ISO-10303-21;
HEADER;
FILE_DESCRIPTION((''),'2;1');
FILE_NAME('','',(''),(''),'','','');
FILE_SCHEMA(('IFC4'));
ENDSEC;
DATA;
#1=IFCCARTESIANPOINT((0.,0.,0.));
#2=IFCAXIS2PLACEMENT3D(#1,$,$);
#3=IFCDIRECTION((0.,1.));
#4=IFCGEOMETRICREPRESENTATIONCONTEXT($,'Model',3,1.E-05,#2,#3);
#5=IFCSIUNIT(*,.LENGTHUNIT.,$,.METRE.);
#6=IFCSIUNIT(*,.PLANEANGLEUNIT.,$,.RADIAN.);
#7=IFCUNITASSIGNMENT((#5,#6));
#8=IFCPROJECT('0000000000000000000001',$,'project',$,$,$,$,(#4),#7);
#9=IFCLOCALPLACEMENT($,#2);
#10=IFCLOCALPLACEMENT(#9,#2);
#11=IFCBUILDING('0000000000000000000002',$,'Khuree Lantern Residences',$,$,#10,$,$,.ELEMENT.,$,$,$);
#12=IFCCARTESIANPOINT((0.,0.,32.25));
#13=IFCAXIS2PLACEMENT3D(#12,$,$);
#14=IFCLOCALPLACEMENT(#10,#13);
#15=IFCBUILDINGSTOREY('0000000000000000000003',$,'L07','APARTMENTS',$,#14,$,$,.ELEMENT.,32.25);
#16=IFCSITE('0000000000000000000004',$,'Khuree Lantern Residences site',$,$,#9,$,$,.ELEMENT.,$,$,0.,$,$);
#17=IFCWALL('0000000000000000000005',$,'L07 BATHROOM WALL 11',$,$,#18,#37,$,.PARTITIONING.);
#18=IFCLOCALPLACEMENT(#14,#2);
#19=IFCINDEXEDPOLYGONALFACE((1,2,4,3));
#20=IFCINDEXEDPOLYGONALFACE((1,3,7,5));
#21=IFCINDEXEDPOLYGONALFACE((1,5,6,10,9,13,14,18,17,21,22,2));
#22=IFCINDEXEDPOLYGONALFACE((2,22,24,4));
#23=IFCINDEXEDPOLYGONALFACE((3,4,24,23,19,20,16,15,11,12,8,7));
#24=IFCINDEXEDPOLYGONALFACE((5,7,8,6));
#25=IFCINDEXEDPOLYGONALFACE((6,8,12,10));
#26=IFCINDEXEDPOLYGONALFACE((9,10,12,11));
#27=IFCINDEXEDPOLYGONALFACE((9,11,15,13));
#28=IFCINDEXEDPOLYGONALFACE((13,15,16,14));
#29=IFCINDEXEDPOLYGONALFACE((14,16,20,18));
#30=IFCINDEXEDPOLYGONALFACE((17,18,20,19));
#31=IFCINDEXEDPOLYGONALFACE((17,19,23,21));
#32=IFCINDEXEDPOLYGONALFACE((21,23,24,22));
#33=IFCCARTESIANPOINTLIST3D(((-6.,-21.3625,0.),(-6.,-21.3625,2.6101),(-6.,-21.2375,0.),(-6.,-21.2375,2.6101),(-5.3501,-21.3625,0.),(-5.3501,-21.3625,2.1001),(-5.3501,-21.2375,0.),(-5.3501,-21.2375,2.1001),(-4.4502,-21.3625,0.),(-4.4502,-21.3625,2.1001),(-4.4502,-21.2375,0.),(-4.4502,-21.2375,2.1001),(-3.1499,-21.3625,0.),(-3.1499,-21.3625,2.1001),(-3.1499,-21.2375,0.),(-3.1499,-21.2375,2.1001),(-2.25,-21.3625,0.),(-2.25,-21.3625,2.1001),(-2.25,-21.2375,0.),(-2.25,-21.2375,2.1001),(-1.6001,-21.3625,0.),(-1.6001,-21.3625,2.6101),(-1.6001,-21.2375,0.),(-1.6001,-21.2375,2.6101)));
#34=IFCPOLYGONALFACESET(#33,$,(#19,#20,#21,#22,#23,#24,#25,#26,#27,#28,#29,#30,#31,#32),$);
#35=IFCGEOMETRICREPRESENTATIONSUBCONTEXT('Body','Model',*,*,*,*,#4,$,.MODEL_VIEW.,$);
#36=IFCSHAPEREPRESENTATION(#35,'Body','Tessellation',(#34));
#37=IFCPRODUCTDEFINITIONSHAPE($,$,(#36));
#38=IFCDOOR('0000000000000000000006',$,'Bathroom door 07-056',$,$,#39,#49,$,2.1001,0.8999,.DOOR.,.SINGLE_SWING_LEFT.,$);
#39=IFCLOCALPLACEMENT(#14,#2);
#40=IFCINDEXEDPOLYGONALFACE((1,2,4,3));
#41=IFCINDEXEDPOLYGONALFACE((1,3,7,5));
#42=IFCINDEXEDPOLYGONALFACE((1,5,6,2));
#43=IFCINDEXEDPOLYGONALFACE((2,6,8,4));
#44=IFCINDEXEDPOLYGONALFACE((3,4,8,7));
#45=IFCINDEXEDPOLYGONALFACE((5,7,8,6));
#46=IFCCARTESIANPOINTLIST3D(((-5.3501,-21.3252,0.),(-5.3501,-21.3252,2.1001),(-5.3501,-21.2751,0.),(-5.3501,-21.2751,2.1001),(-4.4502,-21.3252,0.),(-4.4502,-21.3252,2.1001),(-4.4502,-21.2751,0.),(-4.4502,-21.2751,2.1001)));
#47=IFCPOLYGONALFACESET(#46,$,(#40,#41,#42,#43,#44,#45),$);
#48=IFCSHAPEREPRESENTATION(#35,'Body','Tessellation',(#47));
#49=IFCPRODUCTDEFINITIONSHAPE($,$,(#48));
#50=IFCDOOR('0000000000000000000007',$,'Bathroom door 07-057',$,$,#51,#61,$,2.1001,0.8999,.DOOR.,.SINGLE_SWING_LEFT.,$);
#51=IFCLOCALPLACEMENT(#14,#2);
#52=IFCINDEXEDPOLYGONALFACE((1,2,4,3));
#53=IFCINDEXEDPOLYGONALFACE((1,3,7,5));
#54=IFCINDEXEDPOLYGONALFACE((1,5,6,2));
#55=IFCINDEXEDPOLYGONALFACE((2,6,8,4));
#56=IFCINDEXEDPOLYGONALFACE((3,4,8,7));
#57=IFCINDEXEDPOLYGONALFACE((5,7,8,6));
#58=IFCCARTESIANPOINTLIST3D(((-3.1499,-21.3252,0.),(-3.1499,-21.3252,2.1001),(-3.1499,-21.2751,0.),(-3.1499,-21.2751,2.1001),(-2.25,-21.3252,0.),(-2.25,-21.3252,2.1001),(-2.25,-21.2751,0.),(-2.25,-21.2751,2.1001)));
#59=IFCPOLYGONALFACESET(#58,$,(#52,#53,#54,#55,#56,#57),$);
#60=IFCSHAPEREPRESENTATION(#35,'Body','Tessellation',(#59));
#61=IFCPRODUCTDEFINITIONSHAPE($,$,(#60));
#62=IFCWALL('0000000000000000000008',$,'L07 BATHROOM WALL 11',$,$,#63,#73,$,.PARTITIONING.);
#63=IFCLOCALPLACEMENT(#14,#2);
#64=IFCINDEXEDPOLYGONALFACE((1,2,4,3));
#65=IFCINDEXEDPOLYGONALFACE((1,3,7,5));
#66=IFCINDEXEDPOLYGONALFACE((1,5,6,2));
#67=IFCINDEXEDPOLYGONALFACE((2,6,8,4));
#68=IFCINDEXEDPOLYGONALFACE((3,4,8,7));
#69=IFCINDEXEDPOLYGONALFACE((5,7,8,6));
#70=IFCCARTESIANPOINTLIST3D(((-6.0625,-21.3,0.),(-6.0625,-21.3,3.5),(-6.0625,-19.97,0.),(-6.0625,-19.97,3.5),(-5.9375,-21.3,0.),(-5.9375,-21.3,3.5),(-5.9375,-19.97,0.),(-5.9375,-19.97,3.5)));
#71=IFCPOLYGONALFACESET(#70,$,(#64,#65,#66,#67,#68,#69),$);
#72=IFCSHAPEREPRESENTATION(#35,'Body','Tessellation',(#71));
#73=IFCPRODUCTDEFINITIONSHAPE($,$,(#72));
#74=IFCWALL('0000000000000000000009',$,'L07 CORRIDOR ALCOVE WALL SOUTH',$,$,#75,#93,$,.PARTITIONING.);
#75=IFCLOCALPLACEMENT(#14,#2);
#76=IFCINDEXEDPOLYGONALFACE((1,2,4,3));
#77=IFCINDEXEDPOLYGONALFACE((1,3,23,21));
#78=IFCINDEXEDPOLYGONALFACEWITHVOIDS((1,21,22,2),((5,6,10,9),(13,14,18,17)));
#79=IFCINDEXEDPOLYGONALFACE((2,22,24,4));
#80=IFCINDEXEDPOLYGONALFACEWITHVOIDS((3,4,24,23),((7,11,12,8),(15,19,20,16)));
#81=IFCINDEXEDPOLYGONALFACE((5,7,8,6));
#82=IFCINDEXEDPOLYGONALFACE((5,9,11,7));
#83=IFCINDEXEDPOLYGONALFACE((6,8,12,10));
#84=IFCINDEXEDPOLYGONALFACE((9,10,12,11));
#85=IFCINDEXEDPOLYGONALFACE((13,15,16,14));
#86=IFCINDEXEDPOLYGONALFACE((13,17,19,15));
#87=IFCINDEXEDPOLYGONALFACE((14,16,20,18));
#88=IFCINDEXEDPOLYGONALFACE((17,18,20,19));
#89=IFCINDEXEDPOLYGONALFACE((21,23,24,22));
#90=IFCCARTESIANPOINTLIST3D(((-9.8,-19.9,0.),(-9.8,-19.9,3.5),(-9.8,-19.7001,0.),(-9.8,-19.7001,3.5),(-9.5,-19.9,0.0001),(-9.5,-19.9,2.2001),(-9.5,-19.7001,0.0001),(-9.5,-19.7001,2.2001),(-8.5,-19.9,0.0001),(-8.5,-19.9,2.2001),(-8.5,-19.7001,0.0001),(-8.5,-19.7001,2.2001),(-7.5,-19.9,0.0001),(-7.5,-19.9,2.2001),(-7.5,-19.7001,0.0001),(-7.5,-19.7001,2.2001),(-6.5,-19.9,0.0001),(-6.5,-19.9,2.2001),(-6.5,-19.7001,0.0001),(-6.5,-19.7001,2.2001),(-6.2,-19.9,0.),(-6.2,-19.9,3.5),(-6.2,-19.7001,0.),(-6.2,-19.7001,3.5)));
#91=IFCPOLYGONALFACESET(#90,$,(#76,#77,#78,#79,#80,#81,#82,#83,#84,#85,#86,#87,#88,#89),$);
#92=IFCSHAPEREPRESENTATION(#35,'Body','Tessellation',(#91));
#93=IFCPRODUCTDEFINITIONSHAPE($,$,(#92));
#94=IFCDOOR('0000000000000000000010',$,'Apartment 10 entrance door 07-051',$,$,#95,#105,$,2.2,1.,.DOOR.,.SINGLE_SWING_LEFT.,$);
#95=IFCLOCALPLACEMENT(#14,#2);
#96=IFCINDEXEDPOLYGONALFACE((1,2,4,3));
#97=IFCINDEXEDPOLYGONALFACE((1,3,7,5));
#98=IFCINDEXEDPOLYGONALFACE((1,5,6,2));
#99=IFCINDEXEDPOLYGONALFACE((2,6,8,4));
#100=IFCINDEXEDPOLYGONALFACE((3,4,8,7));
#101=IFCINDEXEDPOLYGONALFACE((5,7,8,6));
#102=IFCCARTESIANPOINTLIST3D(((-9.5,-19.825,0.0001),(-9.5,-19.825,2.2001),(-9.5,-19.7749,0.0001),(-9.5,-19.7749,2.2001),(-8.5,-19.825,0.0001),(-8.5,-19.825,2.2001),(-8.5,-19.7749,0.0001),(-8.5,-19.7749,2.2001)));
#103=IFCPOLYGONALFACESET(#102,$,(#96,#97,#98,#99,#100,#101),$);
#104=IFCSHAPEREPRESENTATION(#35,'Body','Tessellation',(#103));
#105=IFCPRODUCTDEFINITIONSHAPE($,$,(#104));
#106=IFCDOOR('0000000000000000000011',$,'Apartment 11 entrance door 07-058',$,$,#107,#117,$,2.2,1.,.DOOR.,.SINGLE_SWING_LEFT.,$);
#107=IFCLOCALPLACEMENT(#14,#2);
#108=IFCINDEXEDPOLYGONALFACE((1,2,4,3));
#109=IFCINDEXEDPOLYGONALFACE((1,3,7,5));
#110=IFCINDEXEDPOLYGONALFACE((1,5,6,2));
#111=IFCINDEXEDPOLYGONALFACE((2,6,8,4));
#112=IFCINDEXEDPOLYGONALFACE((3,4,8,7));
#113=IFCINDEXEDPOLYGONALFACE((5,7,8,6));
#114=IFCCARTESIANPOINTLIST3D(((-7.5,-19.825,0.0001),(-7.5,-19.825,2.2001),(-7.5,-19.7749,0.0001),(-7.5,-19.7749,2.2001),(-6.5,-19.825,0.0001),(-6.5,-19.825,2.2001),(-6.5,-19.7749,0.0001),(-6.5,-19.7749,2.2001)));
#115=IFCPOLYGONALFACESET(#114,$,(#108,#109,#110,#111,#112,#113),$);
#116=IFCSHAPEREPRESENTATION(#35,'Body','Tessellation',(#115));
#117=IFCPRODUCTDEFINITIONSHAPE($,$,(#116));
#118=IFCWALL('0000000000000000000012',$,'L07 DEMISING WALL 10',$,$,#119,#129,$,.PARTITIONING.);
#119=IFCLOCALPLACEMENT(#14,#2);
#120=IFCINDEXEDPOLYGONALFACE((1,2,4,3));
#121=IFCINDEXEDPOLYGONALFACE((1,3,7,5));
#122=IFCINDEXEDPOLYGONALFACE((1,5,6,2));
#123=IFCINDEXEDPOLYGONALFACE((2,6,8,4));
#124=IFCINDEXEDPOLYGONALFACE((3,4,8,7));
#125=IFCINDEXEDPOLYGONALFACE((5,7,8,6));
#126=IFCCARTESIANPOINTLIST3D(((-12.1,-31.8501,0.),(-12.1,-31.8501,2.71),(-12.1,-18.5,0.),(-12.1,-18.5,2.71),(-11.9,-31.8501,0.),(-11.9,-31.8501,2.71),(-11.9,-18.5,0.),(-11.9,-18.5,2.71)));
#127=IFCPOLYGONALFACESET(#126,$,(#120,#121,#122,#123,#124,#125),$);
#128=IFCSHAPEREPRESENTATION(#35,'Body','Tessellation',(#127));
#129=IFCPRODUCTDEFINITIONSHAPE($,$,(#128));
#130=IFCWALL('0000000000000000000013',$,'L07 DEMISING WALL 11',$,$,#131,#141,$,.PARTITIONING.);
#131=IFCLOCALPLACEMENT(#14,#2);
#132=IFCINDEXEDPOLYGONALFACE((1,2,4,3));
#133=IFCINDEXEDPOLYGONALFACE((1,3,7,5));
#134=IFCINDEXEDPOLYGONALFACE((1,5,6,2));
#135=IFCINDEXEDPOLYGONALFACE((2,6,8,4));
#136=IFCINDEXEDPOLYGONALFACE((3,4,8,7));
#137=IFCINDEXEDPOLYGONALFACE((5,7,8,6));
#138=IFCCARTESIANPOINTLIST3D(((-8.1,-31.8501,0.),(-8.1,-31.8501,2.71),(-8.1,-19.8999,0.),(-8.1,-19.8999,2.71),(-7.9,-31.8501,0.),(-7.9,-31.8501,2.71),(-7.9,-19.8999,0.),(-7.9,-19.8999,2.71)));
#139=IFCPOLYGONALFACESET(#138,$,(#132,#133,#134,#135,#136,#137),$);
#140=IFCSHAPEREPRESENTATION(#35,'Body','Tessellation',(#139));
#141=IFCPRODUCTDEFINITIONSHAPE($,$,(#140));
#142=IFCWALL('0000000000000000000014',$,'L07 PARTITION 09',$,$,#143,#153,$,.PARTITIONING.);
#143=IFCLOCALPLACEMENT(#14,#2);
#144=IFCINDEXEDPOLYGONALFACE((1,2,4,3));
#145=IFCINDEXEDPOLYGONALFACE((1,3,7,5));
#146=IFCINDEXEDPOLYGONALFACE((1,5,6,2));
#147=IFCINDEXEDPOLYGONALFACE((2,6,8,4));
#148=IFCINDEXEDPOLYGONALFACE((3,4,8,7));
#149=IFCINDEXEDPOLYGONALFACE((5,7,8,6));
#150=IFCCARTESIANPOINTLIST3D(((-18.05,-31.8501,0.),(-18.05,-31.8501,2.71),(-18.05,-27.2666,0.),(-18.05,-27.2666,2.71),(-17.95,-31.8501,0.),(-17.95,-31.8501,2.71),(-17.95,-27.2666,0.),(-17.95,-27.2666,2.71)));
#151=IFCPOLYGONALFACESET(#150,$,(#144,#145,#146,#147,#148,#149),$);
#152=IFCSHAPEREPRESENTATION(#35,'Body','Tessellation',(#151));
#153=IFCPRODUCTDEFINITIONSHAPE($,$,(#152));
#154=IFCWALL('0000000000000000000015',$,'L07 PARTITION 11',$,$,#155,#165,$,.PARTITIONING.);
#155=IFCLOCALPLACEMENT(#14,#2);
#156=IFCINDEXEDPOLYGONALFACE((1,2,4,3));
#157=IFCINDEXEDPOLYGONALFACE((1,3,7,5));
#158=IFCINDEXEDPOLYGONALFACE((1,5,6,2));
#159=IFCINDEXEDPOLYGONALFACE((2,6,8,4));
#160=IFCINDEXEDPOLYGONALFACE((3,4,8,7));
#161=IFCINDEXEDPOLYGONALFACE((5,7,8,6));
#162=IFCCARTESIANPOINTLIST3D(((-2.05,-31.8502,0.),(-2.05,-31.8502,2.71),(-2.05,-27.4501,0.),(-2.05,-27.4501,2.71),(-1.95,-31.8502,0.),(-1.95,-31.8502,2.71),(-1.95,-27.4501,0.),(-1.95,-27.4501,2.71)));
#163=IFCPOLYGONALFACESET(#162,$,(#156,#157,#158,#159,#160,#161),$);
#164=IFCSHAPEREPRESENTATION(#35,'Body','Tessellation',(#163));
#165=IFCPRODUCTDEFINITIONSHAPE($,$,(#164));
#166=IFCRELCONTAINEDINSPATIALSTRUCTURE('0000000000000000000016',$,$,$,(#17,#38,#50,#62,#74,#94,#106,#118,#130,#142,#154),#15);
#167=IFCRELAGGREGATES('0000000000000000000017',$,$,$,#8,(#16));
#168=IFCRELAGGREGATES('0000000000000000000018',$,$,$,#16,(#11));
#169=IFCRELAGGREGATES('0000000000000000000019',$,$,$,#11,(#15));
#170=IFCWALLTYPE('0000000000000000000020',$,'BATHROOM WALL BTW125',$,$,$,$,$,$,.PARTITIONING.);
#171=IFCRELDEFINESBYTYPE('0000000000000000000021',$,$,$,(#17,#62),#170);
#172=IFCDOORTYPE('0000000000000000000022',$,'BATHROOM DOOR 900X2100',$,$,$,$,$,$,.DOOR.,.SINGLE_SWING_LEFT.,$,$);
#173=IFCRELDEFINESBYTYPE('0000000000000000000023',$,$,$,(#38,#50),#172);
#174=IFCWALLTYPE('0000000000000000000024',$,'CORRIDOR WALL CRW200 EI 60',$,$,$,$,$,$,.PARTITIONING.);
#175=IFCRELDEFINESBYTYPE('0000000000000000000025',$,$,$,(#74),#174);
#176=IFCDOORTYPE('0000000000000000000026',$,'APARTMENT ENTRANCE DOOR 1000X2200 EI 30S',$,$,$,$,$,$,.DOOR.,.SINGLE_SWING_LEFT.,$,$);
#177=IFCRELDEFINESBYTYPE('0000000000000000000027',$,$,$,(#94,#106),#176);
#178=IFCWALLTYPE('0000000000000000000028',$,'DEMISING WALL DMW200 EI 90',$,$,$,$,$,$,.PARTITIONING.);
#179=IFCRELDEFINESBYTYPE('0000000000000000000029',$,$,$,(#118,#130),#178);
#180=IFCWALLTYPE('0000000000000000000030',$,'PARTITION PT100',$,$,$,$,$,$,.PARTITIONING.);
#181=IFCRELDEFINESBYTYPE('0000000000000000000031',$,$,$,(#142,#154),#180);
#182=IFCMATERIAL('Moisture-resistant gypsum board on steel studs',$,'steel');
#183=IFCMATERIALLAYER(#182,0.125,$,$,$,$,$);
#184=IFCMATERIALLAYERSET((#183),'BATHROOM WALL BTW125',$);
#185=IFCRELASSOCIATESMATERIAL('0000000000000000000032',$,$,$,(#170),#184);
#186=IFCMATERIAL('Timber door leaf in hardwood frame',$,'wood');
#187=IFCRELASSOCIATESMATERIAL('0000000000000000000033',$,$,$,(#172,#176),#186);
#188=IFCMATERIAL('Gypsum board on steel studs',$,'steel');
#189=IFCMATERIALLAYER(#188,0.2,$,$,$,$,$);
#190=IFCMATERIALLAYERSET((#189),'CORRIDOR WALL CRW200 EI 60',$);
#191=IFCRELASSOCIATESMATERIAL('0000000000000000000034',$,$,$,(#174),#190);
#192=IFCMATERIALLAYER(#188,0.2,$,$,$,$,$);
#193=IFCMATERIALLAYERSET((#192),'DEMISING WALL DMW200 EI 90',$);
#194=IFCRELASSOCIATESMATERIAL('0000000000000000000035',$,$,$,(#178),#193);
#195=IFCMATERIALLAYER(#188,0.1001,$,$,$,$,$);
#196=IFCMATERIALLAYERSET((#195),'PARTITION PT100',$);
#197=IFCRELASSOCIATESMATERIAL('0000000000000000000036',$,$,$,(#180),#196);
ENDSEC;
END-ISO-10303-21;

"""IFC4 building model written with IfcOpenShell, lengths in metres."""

from ifc_helpers import new_model, si_unit, direction, frame, frame_2d, origin, place, context, subcontext, project, spatial, rectangle, extrude, material, layer, layer_set, type_object, element, fill, save


model = new_model("IFC4")

# Units and contexts
model_context = context("Model", 3, precision=1e-05, world=origin(), true_north=direction((0.0, 1.0)))
body_context = subcontext(model_context, "Body", "Model", "MODEL_VIEW")
ifc_project = project(units=[si_unit("LENGTHUNIT", "METRE"), si_unit("PLANEANGLEUNIT", "RADIAN")], contexts=[model_context])

# Site, building, storey
site_placement = place(None, origin())
site = spatial("IfcSite", under=ifc_project, at=site_placement, Name="Khuree Lantern Residences site", CompositionType="ELEMENT", RefElevation=0.0)
building_placement = place(site_placement, origin())
building = spatial("IfcBuilding", under=site, at=building_placement, Name="Khuree Lantern Residences", CompositionType="ELEMENT")
storey_placement = place(building_placement, frame((0.0, 0.0, 32.25)))
storey = spatial("IfcBuildingStorey", under=building, at=storey_placement, Name="L07", Description="APARTMENTS", CompositionType="ELEMENT", Elevation=32.25)

# Shared definitions
ifc_material_1 = material(Name="Moisture-resistant gypsum board on steel studs", Category="steel")
ifc_layer_1 = layer(ifc_material_1, 0.125)
ifc_layer_set_1 = layer_set([ifc_layer_1], Name="BATHROOM WALL BTW125")
wall_type_1 = type_object("IfcWallType", Name="BATHROOM WALL BTW125", PredefinedType="PARTITIONING", material=ifc_layer_set_1)
ifc_material_2 = material(Name="Timber door leaf in hardwood frame", Category="wood")
door_type_1 = type_object("IfcDoorType", Name="BATHROOM DOOR 900X2100", OperationType="SINGLE_SWING_LEFT", PredefinedType="DOOR", material=ifc_material_2)

# Wall, openings, doors
wall_1_placement = place(storey_placement, frame((-6.0, -21.3, 0.0), z_axis=(0.0, 0.0, 1.0), x_axis=(1.0, 0.0, 0.0)))
wall_1 = element("IfcWall", 1, at=wall_1_placement, inside=storey, type_object=wall_type_1, Name="L07 BATHROOM WALL 11", PredefinedType="PARTITIONING", context=body_context, shape_type="SweptSolid", body=[
    extrude(rectangle(XDim=4.3999, YDim=0.125, at=frame_2d((2.2, 0.0))), origin(), (0.0, 0.0, 1.0), 2.6101),
])
opening_1_placement = place(wall_1_placement, frame((0.6499, 0.0, 0.0)))
opening_1 = element("IfcOpeningElement", 2, at=opening_1_placement, cuts=wall_1, PredefinedType="OPENING", context=body_context, shape_type="SweptSolid", body=[
    extrude(rectangle(XDim=0.8999, YDim=2.1001, at=frame_2d((0.45, 1.05))), frame((0.0, 0.0725, 0.0), z_axis=(0.0, -1.0, 0.0), x_axis=(1.0, 0.0, 0.0)), (0.0, 0.0, 1.0), 0.145),
])
opening_2_placement = place(wall_1_placement, frame((2.8501, 0.0, 0.0)))
opening_2 = element("IfcOpeningElement", 3, at=opening_2_placement, cuts=wall_1, PredefinedType="OPENING", context=body_context, shape_type="SweptSolid", body=[
    extrude(rectangle(XDim=0.8999, YDim=2.1001, at=frame_2d((0.45, 1.05))), frame((0.0, 0.0725, 0.0), z_axis=(0.0, -1.0, 0.0), x_axis=(1.0, 0.0, 0.0)), (0.0, 0.0, 1.0), 0.145),
])
door_1_placement = place(opening_1_placement, origin())
door_1 = element("IfcDoor", 4, at=door_1_placement, inside=storey, type_object=door_type_1, Name="Bathroom door 07-056", OperationType="SINGLE_SWING_LEFT", OverallHeight=2.1001, OverallWidth=0.8999, PredefinedType="DOOR", context=body_context, shape_type="SweptSolid", body=[
    extrude(rectangle(XDim=0.8999, YDim=2.1001, at=frame_2d((0.45, 1.05))), frame((0.0, 0.0249, 0.0), z_axis=(0.0, -1.0, 0.0), x_axis=(1.0, 0.0, 0.0)), (0.0, 0.0, 1.0), 0.05),
])
fill(opening_1, door_1)
door_2_placement = place(opening_2_placement, origin())
door_2 = element("IfcDoor", 5, at=door_2_placement, inside=storey, type_object=door_type_1, Name="Bathroom door 07-057", OperationType="SINGLE_SWING_LEFT", OverallHeight=2.1001, OverallWidth=0.8999, PredefinedType="DOOR", context=body_context, shape_type="SweptSolid", body=[
    extrude(rectangle(XDim=0.8999, YDim=2.1001, at=frame_2d((0.45, 1.05))), frame((0.0, 0.0249, 0.0), z_axis=(0.0, -1.0, 0.0), x_axis=(1.0, 0.0, 0.0)), (0.0, 0.0, 1.0), 0.05),
])
fill(opening_2, door_2)

# Wall
wall_2_placement = place(storey_placement, frame((-6.0, -19.97, 0.0), z_axis=(0.0, 0.0, 1.0), x_axis=(0.0, -1.0, 0.0)))
element("IfcWall", 6, at=wall_2_placement, inside=storey, type_object=wall_type_1, Name="L07 BATHROOM WALL 11", PredefinedType="PARTITIONING", context=body_context, shape_type="SweptSolid", body=[
    extrude(rectangle(XDim=1.3301, YDim=0.125, at=frame_2d((0.665, 0.0))), origin(), (0.0, 0.0, 1.0), 3.5),
])

# Wall, openings, doors
ifc_material_3 = material(Name="Gypsum board on steel studs", Category="steel")
ifc_layer_2 = layer(ifc_material_3, 0.2)
ifc_layer_set_2 = layer_set([ifc_layer_2], Name="CORRIDOR WALL CRW200 EI 60")
wall_type_2 = type_object("IfcWallType", Name="CORRIDOR WALL CRW200 EI 60", PredefinedType="PARTITIONING", material=ifc_layer_set_2)
wall_3_placement = place(storey_placement, frame((-6.2, -19.8, 0.0), z_axis=(0.0, 0.0, 1.0), x_axis=(-1.0, 0.0, 0.0)))
wall_3 = element("IfcWall", 7, at=wall_3_placement, inside=storey, type_object=wall_type_2, Name="L07 CORRIDOR ALCOVE WALL SOUTH", PredefinedType="PARTITIONING", context=body_context, shape_type="SweptSolid", body=[
    extrude(rectangle(XDim=3.6001, YDim=0.2, at=frame_2d((1.8, 0.0))), origin(), (0.0, 0.0, 1.0), 3.5),
])
opening_3_placement = place(wall_3_placement, frame((2.3, 0.0, 0.0)))
opening_3 = element("IfcOpeningElement", 8, at=opening_3_placement, cuts=wall_3, PredefinedType="OPENING", context=body_context, shape_type="SweptSolid", body=[
    extrude(rectangle(XDim=1.0, YDim=2.2, at=frame_2d((0.5, 1.1001))), frame((0.0, 0.1099, 0.0), z_axis=(0.0, -1.0, 0.0), x_axis=(1.0, 0.0, 0.0)), (0.0, 0.0, 1.0), 0.22),
])
opening_4_placement = place(wall_3_placement, frame((0.3, 0.0, 0.0)))
opening_4 = element("IfcOpeningElement", 9, at=opening_4_placement, cuts=wall_3, PredefinedType="OPENING", context=body_context, shape_type="SweptSolid", body=[
    extrude(rectangle(XDim=1.0, YDim=2.2, at=frame_2d((0.5, 1.1001))), frame((0.0, 0.1099, 0.0), z_axis=(0.0, -1.0, 0.0), x_axis=(1.0, 0.0, 0.0)), (0.0, 0.0, 1.0), 0.22),
])
door_type_2 = type_object("IfcDoorType", Name="APARTMENT ENTRANCE DOOR 1000X2200 EI 30S", OperationType="SINGLE_SWING_LEFT", PredefinedType="DOOR", material=ifc_material_2)
door_3_placement = place(opening_3_placement, origin())
door_3 = element("IfcDoor", 10, at=door_3_placement, inside=storey, type_object=door_type_2, Name="Apartment 10 entrance door 07-051", OperationType="SINGLE_SWING_LEFT", OverallHeight=2.2, OverallWidth=1.0, PredefinedType="DOOR", context=body_context, shape_type="SweptSolid", body=[
    extrude(rectangle(XDim=1.0, YDim=2.2, at=frame_2d((0.5, 1.1001))), frame((0.0, 0.0249, 0.0), z_axis=(0.0, -1.0, 0.0), x_axis=(1.0, 0.0, 0.0)), (0.0, 0.0, 1.0), 0.05),
])
fill(opening_3, door_3)
door_4_placement = place(opening_4_placement, origin())
door_4 = element("IfcDoor", 11, at=door_4_placement, inside=storey, type_object=door_type_2, Name="Apartment 11 entrance door 07-058", OperationType="SINGLE_SWING_LEFT", OverallHeight=2.2, OverallWidth=1.0, PredefinedType="DOOR", context=body_context, shape_type="SweptSolid", body=[
    extrude(rectangle(XDim=1.0, YDim=2.2, at=frame_2d((0.5, 1.1001))), frame((0.0, 0.0249, 0.0), z_axis=(0.0, -1.0, 0.0), x_axis=(1.0, 0.0, 0.0)), (0.0, 0.0, 1.0), 0.05),
])
fill(opening_4, door_4)

# Walls
ifc_layer_3 = layer(ifc_material_3, 0.2)
ifc_layer_set_3 = layer_set([ifc_layer_3], Name="DEMISING WALL DMW200 EI 90")
wall_type_3 = type_object("IfcWallType", Name="DEMISING WALL DMW200 EI 90", PredefinedType="PARTITIONING", material=ifc_layer_set_3)
wall_4_placement = place(storey_placement, frame((-12.0, -18.5, 0.0), z_axis=(0.0, 0.0, 1.0), x_axis=(0.0, -1.0, 0.0)))
element("IfcWall", 12, at=wall_4_placement, inside=storey, type_object=wall_type_3, Name="L07 DEMISING WALL 10", PredefinedType="PARTITIONING", context=body_context, shape_type="SweptSolid", body=[
    extrude(rectangle(XDim=13.3501, YDim=0.2, at=frame_2d((6.675, 0.0))), origin(), (0.0, 0.0, 1.0), 2.71),
])
wall_5_placement = place(storey_placement, frame((-8.0, -19.8999, 0.0), z_axis=(0.0, 0.0, 1.0), x_axis=(0.0, -1.0, 0.0)))
element("IfcWall", 13, at=wall_5_placement, inside=storey, type_object=wall_type_3, Name="L07 DEMISING WALL 11", PredefinedType="PARTITIONING", context=body_context, shape_type="SweptSolid", body=[
    extrude(rectangle(XDim=11.9502, YDim=0.2, at=frame_2d((5.9751, 0.0))), origin(), (0.0, 0.0, 1.0), 2.71),
])
ifc_layer_4 = layer(ifc_material_3, 0.1001)
ifc_layer_set_4 = layer_set([ifc_layer_4], Name="PARTITION PT100")
wall_type_4 = type_object("IfcWallType", Name="PARTITION PT100", PredefinedType="PARTITIONING", material=ifc_layer_set_4)
wall_6_placement = place(storey_placement, frame((-18.0, -27.2666, 0.0), z_axis=(0.0, 0.0, 1.0), x_axis=(0.0, -1.0, 0.0)))
element("IfcWall", 14, at=wall_6_placement, inside=storey, type_object=wall_type_4, Name="L07 PARTITION 09", PredefinedType="PARTITIONING", context=body_context, shape_type="SweptSolid", body=[
    extrude(rectangle(XDim=4.5835, YDim=0.1001, at=frame_2d((2.2917, 0.0))), origin(), (0.0, 0.0, 1.0), 2.71),
])
wall_7_placement = place(storey_placement, frame((-2.0, -27.45, 0.0), z_axis=(0.0, 0.0, 1.0), x_axis=(0.0, -1.0, 0.0)))
element("IfcWall", 15, at=wall_7_placement, inside=storey, type_object=wall_type_4, Name="L07 PARTITION 11", PredefinedType="PARTITIONING", context=body_context, shape_type="SweptSolid", body=[
    extrude(rectangle(XDim=4.4001, YDim=0.1001, at=frame_2d((2.2002, 0.0))), origin(), (0.0, 0.0, 1.0), 2.71),
])

save(model, "model.ifc")
